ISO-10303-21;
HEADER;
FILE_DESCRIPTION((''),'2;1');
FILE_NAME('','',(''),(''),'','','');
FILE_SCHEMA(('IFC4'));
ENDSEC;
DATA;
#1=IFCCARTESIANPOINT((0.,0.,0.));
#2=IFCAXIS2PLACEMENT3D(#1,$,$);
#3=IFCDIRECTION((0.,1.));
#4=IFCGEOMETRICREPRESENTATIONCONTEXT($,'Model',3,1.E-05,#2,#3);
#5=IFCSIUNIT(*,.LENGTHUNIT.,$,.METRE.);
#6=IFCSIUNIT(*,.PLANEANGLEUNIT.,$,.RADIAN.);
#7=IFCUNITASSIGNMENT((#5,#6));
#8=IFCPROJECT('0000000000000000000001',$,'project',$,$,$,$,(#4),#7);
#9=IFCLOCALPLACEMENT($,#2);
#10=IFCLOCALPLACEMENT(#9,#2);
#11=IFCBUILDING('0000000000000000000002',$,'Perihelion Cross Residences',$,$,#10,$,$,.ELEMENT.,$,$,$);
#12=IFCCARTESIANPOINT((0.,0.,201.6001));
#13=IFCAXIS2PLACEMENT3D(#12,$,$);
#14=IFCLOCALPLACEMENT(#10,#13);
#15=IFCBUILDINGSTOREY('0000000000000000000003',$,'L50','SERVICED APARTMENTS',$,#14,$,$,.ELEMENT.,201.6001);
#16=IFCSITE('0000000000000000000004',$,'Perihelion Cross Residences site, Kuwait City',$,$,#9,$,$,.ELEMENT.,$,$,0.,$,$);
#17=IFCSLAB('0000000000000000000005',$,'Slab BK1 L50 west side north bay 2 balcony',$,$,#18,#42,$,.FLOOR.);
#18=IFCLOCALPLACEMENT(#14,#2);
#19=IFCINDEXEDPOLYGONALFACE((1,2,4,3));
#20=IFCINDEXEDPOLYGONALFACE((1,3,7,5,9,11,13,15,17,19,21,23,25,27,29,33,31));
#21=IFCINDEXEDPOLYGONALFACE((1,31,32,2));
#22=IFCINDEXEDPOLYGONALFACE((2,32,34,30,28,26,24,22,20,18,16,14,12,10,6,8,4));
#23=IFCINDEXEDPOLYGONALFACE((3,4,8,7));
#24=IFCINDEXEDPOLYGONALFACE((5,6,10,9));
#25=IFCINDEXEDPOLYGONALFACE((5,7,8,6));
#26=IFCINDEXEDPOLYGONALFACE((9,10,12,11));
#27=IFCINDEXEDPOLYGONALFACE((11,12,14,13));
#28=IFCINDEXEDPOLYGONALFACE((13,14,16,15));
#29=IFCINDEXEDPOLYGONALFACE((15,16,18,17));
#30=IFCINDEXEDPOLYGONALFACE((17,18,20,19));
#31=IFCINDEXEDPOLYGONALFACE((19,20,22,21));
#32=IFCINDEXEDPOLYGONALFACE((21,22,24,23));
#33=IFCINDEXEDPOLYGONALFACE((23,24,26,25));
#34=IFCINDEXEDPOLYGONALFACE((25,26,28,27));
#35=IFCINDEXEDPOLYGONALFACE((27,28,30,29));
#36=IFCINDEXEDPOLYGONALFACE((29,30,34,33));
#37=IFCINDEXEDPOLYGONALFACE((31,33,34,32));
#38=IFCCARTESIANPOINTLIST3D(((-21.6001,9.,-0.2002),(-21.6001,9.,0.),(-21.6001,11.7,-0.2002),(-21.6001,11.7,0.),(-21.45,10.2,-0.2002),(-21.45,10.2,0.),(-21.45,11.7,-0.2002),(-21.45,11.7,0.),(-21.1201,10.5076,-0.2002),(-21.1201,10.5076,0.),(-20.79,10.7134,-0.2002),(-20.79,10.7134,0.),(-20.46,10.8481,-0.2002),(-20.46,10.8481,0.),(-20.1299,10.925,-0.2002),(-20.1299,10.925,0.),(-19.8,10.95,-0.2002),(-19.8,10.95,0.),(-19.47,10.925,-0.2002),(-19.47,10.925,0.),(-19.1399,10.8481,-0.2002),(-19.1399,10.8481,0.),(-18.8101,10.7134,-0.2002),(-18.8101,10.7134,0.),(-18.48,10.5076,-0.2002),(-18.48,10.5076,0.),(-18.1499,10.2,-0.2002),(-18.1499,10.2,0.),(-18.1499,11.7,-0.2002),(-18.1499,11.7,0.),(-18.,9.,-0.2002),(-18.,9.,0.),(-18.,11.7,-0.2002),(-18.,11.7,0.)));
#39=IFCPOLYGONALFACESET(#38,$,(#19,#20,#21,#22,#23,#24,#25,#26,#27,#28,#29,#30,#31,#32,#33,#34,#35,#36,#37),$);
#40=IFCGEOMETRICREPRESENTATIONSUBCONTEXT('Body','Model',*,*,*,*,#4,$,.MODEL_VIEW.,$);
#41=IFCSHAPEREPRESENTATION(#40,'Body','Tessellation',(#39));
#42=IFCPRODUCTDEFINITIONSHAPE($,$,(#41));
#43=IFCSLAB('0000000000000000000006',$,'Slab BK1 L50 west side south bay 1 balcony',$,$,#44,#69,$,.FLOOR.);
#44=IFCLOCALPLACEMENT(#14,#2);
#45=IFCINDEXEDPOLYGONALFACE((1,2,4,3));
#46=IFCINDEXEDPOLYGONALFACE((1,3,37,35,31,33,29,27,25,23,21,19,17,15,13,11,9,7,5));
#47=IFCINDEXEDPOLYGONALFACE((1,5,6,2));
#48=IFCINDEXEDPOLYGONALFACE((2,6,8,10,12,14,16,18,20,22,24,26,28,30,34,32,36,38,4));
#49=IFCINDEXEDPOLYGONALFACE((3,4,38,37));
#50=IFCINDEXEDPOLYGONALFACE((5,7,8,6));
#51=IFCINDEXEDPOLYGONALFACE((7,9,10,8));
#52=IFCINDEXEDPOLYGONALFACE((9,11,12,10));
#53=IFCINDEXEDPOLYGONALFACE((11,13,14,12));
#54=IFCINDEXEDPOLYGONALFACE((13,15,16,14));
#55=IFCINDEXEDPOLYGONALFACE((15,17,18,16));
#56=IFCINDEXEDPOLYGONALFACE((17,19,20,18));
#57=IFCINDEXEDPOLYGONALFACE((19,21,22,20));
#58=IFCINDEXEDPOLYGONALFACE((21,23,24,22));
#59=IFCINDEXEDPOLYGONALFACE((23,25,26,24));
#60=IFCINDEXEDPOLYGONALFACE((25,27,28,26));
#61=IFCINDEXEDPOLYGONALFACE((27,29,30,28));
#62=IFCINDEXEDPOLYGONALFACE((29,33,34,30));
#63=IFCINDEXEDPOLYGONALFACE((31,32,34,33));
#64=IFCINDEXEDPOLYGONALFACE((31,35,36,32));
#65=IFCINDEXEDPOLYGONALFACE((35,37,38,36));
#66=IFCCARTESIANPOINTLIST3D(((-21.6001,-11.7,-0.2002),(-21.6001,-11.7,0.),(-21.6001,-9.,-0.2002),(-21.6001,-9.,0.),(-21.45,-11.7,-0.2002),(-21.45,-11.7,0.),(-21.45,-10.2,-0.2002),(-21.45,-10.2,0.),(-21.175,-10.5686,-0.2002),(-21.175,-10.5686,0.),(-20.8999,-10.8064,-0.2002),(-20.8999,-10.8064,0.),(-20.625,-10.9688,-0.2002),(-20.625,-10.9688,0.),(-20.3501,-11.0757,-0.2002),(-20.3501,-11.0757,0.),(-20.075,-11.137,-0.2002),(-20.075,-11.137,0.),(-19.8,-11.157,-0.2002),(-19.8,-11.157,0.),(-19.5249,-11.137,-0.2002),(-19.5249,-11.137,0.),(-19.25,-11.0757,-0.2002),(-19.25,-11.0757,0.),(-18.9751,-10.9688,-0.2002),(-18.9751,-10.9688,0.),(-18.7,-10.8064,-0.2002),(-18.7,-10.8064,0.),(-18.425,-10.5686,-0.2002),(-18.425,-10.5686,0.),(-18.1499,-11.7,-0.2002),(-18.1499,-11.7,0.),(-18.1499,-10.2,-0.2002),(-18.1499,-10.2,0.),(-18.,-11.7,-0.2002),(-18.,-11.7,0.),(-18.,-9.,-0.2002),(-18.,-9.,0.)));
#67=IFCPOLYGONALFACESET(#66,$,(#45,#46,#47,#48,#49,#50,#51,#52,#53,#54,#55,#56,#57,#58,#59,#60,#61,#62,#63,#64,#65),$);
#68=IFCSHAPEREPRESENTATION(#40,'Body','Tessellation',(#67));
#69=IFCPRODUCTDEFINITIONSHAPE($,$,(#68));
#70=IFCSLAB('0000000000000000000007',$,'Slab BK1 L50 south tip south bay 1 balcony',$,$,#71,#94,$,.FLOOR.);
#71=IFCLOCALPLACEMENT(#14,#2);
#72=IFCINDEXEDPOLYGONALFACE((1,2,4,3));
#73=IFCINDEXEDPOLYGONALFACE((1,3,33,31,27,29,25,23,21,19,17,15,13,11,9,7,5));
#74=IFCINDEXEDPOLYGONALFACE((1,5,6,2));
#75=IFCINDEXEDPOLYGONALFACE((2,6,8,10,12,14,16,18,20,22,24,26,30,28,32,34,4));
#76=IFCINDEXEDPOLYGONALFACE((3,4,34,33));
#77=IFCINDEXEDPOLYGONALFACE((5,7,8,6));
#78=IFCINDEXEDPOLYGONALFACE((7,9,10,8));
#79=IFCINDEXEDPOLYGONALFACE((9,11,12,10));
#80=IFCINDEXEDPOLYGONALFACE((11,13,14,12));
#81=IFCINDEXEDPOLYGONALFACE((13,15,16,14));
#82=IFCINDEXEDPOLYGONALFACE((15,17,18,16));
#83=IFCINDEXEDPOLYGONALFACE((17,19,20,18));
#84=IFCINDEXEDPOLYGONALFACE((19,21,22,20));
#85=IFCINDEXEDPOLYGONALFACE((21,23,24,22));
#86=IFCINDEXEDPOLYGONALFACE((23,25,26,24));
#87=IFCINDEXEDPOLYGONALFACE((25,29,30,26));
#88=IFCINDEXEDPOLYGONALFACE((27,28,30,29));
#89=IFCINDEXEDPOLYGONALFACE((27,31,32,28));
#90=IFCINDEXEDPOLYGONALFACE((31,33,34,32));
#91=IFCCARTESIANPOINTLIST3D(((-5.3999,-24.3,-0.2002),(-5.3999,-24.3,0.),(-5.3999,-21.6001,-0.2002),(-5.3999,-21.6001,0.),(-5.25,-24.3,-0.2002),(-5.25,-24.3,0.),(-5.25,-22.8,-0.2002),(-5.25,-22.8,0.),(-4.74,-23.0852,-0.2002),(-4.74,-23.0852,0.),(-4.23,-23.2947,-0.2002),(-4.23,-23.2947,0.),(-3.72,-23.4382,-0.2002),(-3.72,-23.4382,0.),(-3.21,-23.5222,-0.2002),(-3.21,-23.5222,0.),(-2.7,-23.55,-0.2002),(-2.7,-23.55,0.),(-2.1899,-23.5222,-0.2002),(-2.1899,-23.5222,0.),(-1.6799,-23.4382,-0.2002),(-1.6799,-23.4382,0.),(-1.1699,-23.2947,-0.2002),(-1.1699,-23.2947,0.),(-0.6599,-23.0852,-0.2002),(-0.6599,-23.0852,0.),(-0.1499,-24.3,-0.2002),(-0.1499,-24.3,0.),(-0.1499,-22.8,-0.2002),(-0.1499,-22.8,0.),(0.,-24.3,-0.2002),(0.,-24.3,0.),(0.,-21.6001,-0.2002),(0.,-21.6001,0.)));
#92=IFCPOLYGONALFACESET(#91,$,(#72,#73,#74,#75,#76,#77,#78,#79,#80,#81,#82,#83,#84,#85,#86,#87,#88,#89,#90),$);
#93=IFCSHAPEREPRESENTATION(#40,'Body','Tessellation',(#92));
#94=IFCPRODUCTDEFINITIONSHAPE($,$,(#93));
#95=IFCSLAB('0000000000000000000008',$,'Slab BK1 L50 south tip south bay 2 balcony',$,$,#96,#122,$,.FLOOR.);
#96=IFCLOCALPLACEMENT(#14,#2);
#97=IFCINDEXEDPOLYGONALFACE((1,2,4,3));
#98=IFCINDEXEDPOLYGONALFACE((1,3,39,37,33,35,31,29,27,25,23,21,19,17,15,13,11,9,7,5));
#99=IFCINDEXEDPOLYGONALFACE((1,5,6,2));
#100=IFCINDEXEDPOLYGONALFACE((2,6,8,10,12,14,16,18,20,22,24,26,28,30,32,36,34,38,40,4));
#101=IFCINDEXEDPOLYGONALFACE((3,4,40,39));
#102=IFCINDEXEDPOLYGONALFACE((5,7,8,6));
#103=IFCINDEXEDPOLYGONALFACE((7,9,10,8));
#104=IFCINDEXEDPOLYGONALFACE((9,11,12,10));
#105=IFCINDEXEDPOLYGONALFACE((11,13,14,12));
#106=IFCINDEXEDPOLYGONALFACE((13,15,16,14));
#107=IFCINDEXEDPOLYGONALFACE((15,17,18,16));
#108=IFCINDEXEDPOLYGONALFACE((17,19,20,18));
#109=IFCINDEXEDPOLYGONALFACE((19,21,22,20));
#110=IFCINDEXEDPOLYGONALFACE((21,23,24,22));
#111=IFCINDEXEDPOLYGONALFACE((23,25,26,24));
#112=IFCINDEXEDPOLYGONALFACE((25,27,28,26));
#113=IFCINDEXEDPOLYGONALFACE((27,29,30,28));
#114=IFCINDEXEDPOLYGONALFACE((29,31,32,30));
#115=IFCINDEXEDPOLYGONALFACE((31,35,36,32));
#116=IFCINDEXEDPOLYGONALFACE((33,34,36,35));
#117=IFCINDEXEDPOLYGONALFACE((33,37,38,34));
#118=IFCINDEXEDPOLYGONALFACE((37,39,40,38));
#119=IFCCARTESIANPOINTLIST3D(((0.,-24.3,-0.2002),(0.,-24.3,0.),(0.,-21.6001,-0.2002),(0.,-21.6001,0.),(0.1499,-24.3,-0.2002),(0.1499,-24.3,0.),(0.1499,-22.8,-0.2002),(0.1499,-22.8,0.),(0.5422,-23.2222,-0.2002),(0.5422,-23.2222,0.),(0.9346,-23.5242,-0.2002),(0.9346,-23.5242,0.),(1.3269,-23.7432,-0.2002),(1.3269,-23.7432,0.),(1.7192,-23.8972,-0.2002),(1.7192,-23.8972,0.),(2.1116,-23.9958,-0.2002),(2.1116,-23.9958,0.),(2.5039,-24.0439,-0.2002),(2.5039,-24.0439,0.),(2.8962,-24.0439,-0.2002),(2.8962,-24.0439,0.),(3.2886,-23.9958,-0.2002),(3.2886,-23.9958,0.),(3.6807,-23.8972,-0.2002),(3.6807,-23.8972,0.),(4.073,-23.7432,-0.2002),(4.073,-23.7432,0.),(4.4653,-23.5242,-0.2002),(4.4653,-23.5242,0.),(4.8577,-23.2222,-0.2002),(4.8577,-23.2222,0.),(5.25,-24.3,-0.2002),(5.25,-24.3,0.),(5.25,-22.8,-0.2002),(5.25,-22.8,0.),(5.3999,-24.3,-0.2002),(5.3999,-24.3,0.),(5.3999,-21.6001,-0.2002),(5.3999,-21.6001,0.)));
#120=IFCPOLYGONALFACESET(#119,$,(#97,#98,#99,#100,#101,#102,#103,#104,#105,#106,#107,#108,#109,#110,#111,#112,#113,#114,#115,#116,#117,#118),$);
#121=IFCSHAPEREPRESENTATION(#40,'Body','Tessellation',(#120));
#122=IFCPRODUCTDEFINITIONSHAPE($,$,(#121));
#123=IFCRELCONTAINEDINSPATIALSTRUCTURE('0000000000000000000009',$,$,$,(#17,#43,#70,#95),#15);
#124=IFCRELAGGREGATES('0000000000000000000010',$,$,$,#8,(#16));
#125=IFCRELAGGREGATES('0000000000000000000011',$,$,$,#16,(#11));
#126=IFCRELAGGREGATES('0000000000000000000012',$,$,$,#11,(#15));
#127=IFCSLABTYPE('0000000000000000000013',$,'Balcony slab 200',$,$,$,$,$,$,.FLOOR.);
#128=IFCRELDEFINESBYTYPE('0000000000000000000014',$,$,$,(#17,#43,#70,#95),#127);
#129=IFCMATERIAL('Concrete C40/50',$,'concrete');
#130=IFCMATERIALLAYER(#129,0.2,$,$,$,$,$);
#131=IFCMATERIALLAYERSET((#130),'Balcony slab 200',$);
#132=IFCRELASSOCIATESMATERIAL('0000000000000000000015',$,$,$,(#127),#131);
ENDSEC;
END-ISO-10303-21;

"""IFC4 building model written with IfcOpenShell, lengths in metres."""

from ifc_helpers import new_model, si_unit, direction, frame, origin, place, context, subcontext, project, spatial, polyline, outline, extrude, material, layer, layer_set, type_object, element, save


model = new_model("IFC4")

# Units and contexts
model_context = context("Model", 3, precision=1e-05, world=origin(), true_north=direction((0.0, 1.0)))
body_context = subcontext(model_context, "Body", "Model", "MODEL_VIEW")
ifc_project = project(units=[si_unit("LENGTHUNIT", "METRE"), si_unit("PLANEANGLEUNIT", "RADIAN")], contexts=[model_context])

# Site, building, storey
site_placement = place(None, origin())
site = spatial("IfcSite", under=ifc_project, at=site_placement, Name="Perihelion Cross Residences site, Kuwait City", CompositionType="ELEMENT", RefElevation=0.0)
building_placement = place(site_placement, origin())
building = spatial("IfcBuilding", under=site, at=building_placement, Name="Perihelion Cross Residences", CompositionType="ELEMENT")
storey_placement = place(building_placement, frame((0.0, 0.0, 201.6001)))
storey = spatial("IfcBuildingStorey", under=building, at=storey_placement, Name="L50", Description="SERVICED APARTMENTS", CompositionType="ELEMENT", Elevation=201.6001)

# Slabs
ifc_material_1 = material(Name="Concrete C40/50", Category="concrete")
ifc_layer_1 = layer(ifc_material_1, 0.2)
ifc_layer_set_1 = layer_set([ifc_layer_1], Name="Balcony slab 200")
slab_type_1 = type_object("IfcSlabType", Name="Balcony slab 200", PredefinedType="FLOOR", material=ifc_layer_set_1)
slab_1_placement = place(storey_placement, frame((0.0, 0.0, -0.2002)))
element("IfcSlab", 1, at=slab_1_placement, inside=storey, type_object=slab_type_1, Name="Slab BK1 L50 west side north bay 2 balcony", PredefinedType="FLOOR", context=body_context, shape_type="SweptSolid", body=[
    extrude(outline(polyline([(-18.0, 9.0), (-21.6001, 9.0), (-21.6001, 11.7), (-21.45, 11.7), (-21.45, 10.2), (-21.1201, 10.5076), (-20.79, 10.7134), (-20.46, 10.8481), (-20.1299, 10.925), (-19.8, 10.95), (-19.47, 10.925), (-19.1399, 10.8481), (-18.8101, 10.7134), (-18.48, 10.5076), (-18.1499, 10.2), (-18.1499, 11.7), (-18.0, 11.7), (-18.0, 9.0)])), origin(), (0.0, 0.0, 1.0), 0.2002),
])
slab_2_placement = place(storey_placement, frame((0.0, 0.0, -0.2002)))
element("IfcSlab", 2, at=slab_2_placement, inside=storey, type_object=slab_type_1, Name="Slab BK1 L50 west side south bay 1 balcony", PredefinedType="FLOOR", context=body_context, shape_type="SweptSolid", body=[
    extrude(outline(polyline([(-21.6001, -9.0), (-18.0, -9.0), (-18.0, -11.7), (-18.1499, -11.7), (-18.1499, -10.2), (-18.425, -10.5686), (-18.7, -10.8064), (-18.9751, -10.9688), (-19.25, -11.0757), (-19.5249, -11.137), (-19.8, -11.157), (-20.075, -11.137), (-20.3501, -11.0757), (-20.625, -10.9688), (-20.8999, -10.8064), (-21.175, -10.5686), (-21.45, -10.2), (-21.45, -11.7), (-21.6001, -11.7), (-21.6001, -9.0)])), origin(), (0.0, 0.0, 1.0), 0.2002),
])
slab_3_placement = place(storey_placement, frame((0.0, 0.0, -0.2002)))
element("IfcSlab", 3, at=slab_3_placement, inside=storey, type_object=slab_type_1, Name="Slab BK1 L50 south tip south bay 1 balcony", PredefinedType="FLOOR", context=body_context, shape_type="SweptSolid", body=[
    extrude(outline(polyline([(-5.3999, -21.6001), (0.0, -21.6001), (0.0, -24.3), (-0.1499, -24.3), (-0.1499, -22.8), (-0.6599, -23.0852), (-1.1699, -23.2947), (-1.6799, -23.4382), (-2.1899, -23.5222), (-2.7, -23.55), (-3.21, -23.5222), (-3.72, -23.4382), (-4.23, -23.2947), (-4.74, -23.0852), (-5.25, -22.8), (-5.25, -24.3), (-5.3999, -24.3), (-5.3999, -21.6001)])), origin(), (0.0, 0.0, 1.0), 0.2002),
])
slab_4_placement = place(storey_placement, frame((0.0, 0.0, -0.2002)))
element("IfcSlab", 4, at=slab_4_placement, inside=storey, type_object=slab_type_1, Name="Slab BK1 L50 south tip south bay 2 balcony", PredefinedType="FLOOR", context=body_context, shape_type="SweptSolid", body=[
    extrude(outline(polyline([(0.0, -21.6001), (5.3999, -21.6001), (5.3999, -24.3), (5.25, -24.3), (5.25, -22.8), (4.8577, -23.2222), (4.4653, -23.5242), (4.073, -23.7432), (3.6807, -23.8972), (3.2886, -23.9958), (2.8962, -24.0439), (2.5039, -24.0439), (2.1116, -23.9958), (1.7192, -23.8972), (1.3269, -23.7432), (0.9346, -23.5242), (0.5422, -23.2222), (0.1499, -22.8), (0.1499, -24.3), (0.0, -24.3), (0.0, -21.6001)])), origin(), (0.0, 0.0, 1.0), 0.2002),
])

save(model, "model.ifc")
